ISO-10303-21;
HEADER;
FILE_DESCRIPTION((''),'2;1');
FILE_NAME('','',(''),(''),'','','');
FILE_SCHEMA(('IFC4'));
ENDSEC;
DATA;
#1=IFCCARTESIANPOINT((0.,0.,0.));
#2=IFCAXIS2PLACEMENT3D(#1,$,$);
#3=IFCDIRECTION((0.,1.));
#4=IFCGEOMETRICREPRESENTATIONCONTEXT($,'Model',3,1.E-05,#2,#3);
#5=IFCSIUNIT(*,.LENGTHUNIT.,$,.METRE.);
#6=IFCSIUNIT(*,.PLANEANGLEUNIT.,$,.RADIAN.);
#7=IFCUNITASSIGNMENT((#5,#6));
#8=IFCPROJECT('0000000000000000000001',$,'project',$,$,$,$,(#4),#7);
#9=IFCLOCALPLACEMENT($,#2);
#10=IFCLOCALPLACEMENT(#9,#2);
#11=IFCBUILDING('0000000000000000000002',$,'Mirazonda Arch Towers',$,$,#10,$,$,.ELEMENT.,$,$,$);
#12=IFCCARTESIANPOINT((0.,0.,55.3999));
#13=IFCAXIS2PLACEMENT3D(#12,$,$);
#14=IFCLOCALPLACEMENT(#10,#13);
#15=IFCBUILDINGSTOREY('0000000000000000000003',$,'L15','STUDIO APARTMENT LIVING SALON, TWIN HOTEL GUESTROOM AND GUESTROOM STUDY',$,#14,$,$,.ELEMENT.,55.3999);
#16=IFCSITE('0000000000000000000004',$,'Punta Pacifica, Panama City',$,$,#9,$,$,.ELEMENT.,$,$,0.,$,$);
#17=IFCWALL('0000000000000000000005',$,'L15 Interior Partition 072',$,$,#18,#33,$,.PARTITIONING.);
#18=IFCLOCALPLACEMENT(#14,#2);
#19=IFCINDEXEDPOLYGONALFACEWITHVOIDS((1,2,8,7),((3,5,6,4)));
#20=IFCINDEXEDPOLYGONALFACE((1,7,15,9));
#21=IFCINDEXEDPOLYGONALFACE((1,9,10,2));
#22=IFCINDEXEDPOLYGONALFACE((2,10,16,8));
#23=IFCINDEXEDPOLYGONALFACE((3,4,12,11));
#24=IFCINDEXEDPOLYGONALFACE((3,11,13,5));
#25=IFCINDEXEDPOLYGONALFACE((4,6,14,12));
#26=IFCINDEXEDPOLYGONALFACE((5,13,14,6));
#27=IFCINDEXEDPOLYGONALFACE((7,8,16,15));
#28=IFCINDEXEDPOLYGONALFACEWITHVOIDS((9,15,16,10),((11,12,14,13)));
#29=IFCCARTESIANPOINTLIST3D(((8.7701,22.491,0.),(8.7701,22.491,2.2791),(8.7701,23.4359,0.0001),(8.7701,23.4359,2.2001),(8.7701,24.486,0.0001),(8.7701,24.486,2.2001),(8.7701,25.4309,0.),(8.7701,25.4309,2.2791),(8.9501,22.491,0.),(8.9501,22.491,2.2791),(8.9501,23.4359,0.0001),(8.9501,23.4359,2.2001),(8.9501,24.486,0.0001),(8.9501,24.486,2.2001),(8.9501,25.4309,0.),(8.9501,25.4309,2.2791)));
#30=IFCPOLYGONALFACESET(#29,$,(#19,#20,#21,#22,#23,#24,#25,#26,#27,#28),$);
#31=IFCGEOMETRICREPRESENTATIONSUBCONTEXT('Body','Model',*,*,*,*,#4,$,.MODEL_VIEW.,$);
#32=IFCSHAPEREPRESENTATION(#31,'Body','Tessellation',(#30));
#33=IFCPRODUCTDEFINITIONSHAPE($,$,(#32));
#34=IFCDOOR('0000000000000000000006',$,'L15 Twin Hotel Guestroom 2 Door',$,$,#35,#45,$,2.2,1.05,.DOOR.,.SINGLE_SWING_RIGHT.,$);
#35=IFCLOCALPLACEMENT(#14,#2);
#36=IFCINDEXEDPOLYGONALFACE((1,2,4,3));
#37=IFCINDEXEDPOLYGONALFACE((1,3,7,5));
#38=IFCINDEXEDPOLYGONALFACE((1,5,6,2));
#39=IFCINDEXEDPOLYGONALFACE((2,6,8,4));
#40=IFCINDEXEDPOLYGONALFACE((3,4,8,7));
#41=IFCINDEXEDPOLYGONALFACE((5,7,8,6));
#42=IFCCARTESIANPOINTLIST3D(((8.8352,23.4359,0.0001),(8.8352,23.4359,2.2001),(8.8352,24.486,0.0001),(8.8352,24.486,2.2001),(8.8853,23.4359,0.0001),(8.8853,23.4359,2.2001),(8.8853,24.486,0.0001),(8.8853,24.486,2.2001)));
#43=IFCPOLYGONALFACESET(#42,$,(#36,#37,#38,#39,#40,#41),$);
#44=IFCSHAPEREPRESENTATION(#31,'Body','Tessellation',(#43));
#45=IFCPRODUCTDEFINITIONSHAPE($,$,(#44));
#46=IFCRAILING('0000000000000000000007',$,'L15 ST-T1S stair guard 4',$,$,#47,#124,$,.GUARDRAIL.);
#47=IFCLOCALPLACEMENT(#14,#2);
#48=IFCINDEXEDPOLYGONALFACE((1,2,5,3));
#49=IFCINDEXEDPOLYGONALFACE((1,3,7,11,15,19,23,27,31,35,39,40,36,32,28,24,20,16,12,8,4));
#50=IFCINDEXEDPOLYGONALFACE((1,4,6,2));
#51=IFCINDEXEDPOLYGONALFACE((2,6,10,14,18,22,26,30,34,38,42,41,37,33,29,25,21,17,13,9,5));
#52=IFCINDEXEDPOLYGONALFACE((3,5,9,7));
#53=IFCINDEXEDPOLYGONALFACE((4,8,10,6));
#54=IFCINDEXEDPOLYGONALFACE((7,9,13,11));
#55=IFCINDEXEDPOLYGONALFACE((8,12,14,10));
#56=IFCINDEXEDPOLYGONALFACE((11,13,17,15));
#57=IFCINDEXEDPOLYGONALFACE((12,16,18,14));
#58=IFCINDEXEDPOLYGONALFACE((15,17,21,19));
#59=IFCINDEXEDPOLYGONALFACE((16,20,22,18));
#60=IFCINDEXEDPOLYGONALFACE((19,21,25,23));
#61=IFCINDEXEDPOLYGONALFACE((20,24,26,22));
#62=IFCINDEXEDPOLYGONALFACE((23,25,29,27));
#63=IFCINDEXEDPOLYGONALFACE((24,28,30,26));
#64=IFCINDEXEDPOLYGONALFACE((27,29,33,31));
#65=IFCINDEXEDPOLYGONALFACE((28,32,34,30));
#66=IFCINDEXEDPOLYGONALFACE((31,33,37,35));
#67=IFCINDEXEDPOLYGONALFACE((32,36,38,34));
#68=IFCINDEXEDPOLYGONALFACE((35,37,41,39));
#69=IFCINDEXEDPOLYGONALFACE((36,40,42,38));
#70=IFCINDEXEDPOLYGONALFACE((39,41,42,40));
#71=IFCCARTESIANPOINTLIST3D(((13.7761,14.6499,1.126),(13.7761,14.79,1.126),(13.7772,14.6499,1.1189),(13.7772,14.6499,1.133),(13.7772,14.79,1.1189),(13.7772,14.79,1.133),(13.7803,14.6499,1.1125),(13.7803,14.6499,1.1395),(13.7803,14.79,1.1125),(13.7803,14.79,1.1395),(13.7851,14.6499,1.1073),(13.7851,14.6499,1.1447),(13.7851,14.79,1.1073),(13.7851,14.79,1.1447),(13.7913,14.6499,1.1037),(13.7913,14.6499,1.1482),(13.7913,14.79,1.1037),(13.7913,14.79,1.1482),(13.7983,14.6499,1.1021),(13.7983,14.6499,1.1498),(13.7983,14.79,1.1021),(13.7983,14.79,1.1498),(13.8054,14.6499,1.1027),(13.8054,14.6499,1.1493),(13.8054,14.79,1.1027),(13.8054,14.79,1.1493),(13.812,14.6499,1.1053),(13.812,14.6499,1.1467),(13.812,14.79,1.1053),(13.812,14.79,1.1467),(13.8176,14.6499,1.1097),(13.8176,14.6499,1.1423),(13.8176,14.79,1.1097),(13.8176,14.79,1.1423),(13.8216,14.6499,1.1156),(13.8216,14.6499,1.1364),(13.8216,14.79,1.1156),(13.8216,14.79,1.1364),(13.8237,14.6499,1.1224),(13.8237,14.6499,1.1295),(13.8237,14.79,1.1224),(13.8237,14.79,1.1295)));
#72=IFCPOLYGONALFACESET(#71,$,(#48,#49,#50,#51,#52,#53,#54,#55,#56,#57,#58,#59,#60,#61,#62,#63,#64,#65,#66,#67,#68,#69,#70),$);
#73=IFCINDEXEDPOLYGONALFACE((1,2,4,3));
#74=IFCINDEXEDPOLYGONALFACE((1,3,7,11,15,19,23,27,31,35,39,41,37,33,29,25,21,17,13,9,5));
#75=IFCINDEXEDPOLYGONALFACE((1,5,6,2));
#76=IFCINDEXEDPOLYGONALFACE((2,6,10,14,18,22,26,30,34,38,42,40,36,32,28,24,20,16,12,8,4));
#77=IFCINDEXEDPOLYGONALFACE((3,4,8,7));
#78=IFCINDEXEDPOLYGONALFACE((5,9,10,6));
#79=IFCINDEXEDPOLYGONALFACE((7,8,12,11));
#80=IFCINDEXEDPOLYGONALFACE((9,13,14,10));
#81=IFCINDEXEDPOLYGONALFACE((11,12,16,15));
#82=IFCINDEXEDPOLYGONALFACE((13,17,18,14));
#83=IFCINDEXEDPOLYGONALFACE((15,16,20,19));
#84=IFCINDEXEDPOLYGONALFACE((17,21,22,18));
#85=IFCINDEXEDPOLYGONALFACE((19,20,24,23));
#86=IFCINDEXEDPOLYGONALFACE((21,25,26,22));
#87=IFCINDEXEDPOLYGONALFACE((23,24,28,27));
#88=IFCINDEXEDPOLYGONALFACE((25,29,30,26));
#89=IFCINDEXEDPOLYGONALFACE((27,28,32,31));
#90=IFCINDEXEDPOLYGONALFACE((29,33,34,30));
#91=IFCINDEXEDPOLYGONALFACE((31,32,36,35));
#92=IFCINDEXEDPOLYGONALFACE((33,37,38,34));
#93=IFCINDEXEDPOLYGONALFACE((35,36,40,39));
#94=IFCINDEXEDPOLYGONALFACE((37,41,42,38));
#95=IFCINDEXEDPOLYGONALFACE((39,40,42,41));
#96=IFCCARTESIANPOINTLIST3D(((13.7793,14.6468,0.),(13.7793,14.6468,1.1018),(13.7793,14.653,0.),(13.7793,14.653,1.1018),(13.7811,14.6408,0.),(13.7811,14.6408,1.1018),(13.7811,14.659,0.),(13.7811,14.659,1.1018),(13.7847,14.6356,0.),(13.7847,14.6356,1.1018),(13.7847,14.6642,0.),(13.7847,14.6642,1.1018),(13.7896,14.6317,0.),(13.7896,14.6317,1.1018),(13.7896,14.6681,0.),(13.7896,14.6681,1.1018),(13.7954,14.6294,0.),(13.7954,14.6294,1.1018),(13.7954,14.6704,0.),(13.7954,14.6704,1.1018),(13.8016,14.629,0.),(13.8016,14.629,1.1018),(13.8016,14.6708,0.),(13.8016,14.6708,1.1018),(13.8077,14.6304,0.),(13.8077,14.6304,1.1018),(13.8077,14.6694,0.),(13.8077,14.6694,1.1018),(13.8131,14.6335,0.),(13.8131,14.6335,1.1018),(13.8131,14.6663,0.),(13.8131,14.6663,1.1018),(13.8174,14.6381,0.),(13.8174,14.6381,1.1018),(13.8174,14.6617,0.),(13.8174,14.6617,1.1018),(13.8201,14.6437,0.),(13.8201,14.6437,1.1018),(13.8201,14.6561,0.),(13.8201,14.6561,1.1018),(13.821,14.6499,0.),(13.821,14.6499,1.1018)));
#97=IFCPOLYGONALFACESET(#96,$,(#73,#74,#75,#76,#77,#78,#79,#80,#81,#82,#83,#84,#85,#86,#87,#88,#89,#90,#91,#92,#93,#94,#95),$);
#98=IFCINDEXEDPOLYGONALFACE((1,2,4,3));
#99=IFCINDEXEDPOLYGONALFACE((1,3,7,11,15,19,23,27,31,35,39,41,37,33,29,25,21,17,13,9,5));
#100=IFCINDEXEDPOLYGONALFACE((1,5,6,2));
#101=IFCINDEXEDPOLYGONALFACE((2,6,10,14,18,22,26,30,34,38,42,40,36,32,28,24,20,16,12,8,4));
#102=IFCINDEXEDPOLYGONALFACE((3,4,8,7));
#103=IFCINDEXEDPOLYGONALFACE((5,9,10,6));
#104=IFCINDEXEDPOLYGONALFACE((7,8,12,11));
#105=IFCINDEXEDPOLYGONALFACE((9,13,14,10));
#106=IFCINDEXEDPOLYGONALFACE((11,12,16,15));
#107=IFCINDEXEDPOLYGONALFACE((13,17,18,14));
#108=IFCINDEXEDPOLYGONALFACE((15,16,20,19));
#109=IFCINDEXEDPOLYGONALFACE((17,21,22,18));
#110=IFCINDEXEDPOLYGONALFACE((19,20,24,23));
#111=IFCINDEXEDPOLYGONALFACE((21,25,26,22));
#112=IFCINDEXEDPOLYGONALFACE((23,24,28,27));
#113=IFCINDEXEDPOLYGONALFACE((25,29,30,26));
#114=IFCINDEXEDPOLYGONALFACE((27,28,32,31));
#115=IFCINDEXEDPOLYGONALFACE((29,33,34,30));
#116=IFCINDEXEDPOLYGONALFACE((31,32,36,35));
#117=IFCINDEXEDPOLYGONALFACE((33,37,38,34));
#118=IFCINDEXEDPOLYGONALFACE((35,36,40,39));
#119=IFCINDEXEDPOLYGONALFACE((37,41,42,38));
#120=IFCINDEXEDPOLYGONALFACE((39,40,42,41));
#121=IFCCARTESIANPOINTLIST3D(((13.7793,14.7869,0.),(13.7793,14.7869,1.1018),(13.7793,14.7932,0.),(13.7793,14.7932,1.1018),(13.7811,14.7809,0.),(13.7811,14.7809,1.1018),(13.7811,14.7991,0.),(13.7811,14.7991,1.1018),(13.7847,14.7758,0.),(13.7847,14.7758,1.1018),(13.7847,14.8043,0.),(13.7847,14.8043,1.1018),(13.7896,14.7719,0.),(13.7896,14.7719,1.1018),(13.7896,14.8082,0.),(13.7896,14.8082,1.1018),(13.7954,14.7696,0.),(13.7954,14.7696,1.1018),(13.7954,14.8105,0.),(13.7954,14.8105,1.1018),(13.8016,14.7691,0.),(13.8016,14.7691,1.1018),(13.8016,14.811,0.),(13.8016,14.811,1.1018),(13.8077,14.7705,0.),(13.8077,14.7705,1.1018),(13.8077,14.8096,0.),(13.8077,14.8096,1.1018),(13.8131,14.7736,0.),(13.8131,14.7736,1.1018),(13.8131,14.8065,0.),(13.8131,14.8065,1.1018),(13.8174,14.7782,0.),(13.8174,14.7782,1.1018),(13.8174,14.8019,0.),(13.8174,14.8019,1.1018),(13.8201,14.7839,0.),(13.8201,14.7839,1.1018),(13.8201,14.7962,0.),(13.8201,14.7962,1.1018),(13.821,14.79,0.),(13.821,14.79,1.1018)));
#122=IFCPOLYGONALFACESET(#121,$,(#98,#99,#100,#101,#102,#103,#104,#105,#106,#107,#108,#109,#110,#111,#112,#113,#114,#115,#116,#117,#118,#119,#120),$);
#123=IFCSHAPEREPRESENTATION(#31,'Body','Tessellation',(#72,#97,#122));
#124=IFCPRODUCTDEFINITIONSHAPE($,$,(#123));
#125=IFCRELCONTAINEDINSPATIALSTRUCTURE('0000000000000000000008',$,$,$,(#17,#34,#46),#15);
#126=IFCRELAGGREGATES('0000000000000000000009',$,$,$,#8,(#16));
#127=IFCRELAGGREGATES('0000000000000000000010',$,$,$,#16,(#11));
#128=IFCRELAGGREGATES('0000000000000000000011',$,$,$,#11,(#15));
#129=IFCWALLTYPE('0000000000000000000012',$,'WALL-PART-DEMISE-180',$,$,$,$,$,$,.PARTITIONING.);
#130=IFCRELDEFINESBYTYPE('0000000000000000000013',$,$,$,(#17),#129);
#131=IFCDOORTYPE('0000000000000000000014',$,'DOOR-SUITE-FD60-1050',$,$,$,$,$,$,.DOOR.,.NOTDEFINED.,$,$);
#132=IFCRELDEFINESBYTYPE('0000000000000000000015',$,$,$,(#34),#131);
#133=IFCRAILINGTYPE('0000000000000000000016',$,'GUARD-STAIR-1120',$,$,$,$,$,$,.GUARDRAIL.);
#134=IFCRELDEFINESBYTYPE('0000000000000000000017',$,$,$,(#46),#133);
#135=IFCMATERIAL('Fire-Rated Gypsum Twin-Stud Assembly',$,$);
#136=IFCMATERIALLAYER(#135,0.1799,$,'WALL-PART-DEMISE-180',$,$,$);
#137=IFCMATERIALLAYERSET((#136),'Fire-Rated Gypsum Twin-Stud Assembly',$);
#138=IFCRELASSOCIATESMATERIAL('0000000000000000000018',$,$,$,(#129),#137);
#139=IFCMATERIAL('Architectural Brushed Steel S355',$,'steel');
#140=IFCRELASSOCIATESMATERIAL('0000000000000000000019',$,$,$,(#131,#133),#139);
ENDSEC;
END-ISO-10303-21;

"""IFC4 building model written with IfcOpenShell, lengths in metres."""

from ifc_helpers import new_model, si_unit, direction, frame, frame_2d, origin, origin_2d, place, context, subcontext, project, spatial, rectangle, circle, extrude, material, layer, layer_set, type_object, element, fill, save


model = new_model("IFC4")

# Units and contexts
model_context = context("Model", 3, precision=1e-05, world=origin(), true_north=direction((0.0, 1.0)))
body_context = subcontext(model_context, "Body", "Model", "MODEL_VIEW")
ifc_project = project(units=[si_unit("LENGTHUNIT", "METRE"), si_unit("PLANEANGLEUNIT", "RADIAN")], contexts=[model_context])

# Site, building, storey
site_placement = place(None, origin())
site = spatial("IfcSite", under=ifc_project, at=site_placement, Name="Punta Pacifica, Panama City", CompositionType="ELEMENT", RefElevation=0.0)
building_placement = place(site_placement, origin())
building = spatial("IfcBuilding", under=site, at=building_placement, Name="Mirazonda Arch Towers", CompositionType="ELEMENT")
storey_placement = place(building_placement, frame((0.0, 0.0, 55.3999)))
storey = spatial("IfcBuildingStorey", under=building, at=storey_placement, Name="L15", Description="STUDIO APARTMENT LIVING SALON, TWIN HOTEL GUESTROOM AND GUESTROOM STUDY", CompositionType="ELEMENT", Elevation=55.3999)

# Shared definitions
ifc_material_1 = material(Name="Architectural Brushed Steel S355", Category="steel")

# Shared definitions
ifc_material_2 = material(Name="Fire-Rated Gypsum Twin-Stud Assembly")
ifc_layer_1 = layer(ifc_material_2, 0.1799, Name="WALL-PART-DEMISE-180")
ifc_layer_set_1 = layer_set([ifc_layer_1], Name="Fire-Rated Gypsum Twin-Stud Assembly")
wall_type_1 = type_object("IfcWallType", Name="WALL-PART-DEMISE-180", PredefinedType="PARTITIONING", material=ifc_layer_set_1)

# Wall, opening, door
wall_1_placement = place(storey_placement, frame((8.8601, 22.491, 0.0), z_axis=(0.0, 0.0, 1.0), x_axis=(0.0, 1.0, 0.0)))
wall_1 = element("IfcWall", 1, at=wall_1_placement, inside=storey, type_object=wall_type_1, Name="L15 Interior Partition 072", PredefinedType="PARTITIONING", context=body_context, shape_type="SweptSolid", body=[
    extrude(rectangle(XDim=2.9399, YDim=0.1799, at=frame_2d((1.47, 0.0))), origin(), (0.0, 0.0, 1.0), 2.2791),
])
opening_1_placement = place(wall_1_placement, frame((0.9451, 0.0, 0.0)))
opening_1 = element("IfcOpeningElement", 2, at=opening_1_placement, cuts=wall_1, PredefinedType="OPENING", context=body_context, shape_type="SweptSolid", body=[
    extrude(rectangle(XDim=1.05, YDim=2.2, at=frame_2d((0.5249, 1.1001))), frame((0.0, 0.0999, 0.0), z_axis=(0.0, -1.0, 0.0), x_axis=(1.0, 0.0, 0.0)), (0.0, 0.0, 1.0), 0.2),
])
door_type_1 = type_object("IfcDoorType", Name="DOOR-SUITE-FD60-1050", OperationType="NOTDEFINED", PredefinedType="DOOR", material=ifc_material_1)
door_1_placement = place(opening_1_placement, origin())
door_1 = element("IfcDoor", 3, at=door_1_placement, inside=storey, type_object=door_type_1, Name="L15 Twin Hotel Guestroom 2 Door", OperationType="SINGLE_SWING_RIGHT", OverallHeight=2.2, OverallWidth=1.05, PredefinedType="DOOR", context=body_context, shape_type="SweptSolid", body=[
    extrude(rectangle(XDim=1.05, YDim=2.2, at=frame_2d((0.5249, 1.1001))), frame((0.0, 0.0249, 0.0), z_axis=(0.0, -1.0, 0.0), x_axis=(1.0, 0.0, 0.0)), (0.0, 0.0, 1.0), 0.05),
])
fill(opening_1, door_1)

# Railing
railing_type = type_object("IfcRailingType", Name="GUARD-STAIR-1120", PredefinedType="GUARDRAIL", material=ifc_material_1)
railing_placement = place(storey_placement, frame((13.8, 14.6499, 0.0)))
element("IfcRailing", 4, at=railing_placement, inside=storey, type_object=railing_type, Name="L15 ST-T1S stair guard 4", PredefinedType="GUARDRAIL", context=body_context, shape_type="SweptSolid", body=[
    extrude(circle(Radius=0.0239, at=origin_2d()), frame((0.0, 0.0, 1.126), z_axis=(0.0, 1.0, 0.0), x_axis=(-1.0, 0.0, 0.0)), (0.0, 0.0, 1.0), 0.1401),
    extrude(circle(Radius=0.021, at=origin_2d()), origin(), (0.0, 0.0, 1.0), 1.1018),
    extrude(circle(Radius=0.021, at=origin_2d()), frame((0.0, 0.1401, 0.0)), (0.0, 0.0, 1.0), 1.1018),
])

save(model, "model.ifc")
